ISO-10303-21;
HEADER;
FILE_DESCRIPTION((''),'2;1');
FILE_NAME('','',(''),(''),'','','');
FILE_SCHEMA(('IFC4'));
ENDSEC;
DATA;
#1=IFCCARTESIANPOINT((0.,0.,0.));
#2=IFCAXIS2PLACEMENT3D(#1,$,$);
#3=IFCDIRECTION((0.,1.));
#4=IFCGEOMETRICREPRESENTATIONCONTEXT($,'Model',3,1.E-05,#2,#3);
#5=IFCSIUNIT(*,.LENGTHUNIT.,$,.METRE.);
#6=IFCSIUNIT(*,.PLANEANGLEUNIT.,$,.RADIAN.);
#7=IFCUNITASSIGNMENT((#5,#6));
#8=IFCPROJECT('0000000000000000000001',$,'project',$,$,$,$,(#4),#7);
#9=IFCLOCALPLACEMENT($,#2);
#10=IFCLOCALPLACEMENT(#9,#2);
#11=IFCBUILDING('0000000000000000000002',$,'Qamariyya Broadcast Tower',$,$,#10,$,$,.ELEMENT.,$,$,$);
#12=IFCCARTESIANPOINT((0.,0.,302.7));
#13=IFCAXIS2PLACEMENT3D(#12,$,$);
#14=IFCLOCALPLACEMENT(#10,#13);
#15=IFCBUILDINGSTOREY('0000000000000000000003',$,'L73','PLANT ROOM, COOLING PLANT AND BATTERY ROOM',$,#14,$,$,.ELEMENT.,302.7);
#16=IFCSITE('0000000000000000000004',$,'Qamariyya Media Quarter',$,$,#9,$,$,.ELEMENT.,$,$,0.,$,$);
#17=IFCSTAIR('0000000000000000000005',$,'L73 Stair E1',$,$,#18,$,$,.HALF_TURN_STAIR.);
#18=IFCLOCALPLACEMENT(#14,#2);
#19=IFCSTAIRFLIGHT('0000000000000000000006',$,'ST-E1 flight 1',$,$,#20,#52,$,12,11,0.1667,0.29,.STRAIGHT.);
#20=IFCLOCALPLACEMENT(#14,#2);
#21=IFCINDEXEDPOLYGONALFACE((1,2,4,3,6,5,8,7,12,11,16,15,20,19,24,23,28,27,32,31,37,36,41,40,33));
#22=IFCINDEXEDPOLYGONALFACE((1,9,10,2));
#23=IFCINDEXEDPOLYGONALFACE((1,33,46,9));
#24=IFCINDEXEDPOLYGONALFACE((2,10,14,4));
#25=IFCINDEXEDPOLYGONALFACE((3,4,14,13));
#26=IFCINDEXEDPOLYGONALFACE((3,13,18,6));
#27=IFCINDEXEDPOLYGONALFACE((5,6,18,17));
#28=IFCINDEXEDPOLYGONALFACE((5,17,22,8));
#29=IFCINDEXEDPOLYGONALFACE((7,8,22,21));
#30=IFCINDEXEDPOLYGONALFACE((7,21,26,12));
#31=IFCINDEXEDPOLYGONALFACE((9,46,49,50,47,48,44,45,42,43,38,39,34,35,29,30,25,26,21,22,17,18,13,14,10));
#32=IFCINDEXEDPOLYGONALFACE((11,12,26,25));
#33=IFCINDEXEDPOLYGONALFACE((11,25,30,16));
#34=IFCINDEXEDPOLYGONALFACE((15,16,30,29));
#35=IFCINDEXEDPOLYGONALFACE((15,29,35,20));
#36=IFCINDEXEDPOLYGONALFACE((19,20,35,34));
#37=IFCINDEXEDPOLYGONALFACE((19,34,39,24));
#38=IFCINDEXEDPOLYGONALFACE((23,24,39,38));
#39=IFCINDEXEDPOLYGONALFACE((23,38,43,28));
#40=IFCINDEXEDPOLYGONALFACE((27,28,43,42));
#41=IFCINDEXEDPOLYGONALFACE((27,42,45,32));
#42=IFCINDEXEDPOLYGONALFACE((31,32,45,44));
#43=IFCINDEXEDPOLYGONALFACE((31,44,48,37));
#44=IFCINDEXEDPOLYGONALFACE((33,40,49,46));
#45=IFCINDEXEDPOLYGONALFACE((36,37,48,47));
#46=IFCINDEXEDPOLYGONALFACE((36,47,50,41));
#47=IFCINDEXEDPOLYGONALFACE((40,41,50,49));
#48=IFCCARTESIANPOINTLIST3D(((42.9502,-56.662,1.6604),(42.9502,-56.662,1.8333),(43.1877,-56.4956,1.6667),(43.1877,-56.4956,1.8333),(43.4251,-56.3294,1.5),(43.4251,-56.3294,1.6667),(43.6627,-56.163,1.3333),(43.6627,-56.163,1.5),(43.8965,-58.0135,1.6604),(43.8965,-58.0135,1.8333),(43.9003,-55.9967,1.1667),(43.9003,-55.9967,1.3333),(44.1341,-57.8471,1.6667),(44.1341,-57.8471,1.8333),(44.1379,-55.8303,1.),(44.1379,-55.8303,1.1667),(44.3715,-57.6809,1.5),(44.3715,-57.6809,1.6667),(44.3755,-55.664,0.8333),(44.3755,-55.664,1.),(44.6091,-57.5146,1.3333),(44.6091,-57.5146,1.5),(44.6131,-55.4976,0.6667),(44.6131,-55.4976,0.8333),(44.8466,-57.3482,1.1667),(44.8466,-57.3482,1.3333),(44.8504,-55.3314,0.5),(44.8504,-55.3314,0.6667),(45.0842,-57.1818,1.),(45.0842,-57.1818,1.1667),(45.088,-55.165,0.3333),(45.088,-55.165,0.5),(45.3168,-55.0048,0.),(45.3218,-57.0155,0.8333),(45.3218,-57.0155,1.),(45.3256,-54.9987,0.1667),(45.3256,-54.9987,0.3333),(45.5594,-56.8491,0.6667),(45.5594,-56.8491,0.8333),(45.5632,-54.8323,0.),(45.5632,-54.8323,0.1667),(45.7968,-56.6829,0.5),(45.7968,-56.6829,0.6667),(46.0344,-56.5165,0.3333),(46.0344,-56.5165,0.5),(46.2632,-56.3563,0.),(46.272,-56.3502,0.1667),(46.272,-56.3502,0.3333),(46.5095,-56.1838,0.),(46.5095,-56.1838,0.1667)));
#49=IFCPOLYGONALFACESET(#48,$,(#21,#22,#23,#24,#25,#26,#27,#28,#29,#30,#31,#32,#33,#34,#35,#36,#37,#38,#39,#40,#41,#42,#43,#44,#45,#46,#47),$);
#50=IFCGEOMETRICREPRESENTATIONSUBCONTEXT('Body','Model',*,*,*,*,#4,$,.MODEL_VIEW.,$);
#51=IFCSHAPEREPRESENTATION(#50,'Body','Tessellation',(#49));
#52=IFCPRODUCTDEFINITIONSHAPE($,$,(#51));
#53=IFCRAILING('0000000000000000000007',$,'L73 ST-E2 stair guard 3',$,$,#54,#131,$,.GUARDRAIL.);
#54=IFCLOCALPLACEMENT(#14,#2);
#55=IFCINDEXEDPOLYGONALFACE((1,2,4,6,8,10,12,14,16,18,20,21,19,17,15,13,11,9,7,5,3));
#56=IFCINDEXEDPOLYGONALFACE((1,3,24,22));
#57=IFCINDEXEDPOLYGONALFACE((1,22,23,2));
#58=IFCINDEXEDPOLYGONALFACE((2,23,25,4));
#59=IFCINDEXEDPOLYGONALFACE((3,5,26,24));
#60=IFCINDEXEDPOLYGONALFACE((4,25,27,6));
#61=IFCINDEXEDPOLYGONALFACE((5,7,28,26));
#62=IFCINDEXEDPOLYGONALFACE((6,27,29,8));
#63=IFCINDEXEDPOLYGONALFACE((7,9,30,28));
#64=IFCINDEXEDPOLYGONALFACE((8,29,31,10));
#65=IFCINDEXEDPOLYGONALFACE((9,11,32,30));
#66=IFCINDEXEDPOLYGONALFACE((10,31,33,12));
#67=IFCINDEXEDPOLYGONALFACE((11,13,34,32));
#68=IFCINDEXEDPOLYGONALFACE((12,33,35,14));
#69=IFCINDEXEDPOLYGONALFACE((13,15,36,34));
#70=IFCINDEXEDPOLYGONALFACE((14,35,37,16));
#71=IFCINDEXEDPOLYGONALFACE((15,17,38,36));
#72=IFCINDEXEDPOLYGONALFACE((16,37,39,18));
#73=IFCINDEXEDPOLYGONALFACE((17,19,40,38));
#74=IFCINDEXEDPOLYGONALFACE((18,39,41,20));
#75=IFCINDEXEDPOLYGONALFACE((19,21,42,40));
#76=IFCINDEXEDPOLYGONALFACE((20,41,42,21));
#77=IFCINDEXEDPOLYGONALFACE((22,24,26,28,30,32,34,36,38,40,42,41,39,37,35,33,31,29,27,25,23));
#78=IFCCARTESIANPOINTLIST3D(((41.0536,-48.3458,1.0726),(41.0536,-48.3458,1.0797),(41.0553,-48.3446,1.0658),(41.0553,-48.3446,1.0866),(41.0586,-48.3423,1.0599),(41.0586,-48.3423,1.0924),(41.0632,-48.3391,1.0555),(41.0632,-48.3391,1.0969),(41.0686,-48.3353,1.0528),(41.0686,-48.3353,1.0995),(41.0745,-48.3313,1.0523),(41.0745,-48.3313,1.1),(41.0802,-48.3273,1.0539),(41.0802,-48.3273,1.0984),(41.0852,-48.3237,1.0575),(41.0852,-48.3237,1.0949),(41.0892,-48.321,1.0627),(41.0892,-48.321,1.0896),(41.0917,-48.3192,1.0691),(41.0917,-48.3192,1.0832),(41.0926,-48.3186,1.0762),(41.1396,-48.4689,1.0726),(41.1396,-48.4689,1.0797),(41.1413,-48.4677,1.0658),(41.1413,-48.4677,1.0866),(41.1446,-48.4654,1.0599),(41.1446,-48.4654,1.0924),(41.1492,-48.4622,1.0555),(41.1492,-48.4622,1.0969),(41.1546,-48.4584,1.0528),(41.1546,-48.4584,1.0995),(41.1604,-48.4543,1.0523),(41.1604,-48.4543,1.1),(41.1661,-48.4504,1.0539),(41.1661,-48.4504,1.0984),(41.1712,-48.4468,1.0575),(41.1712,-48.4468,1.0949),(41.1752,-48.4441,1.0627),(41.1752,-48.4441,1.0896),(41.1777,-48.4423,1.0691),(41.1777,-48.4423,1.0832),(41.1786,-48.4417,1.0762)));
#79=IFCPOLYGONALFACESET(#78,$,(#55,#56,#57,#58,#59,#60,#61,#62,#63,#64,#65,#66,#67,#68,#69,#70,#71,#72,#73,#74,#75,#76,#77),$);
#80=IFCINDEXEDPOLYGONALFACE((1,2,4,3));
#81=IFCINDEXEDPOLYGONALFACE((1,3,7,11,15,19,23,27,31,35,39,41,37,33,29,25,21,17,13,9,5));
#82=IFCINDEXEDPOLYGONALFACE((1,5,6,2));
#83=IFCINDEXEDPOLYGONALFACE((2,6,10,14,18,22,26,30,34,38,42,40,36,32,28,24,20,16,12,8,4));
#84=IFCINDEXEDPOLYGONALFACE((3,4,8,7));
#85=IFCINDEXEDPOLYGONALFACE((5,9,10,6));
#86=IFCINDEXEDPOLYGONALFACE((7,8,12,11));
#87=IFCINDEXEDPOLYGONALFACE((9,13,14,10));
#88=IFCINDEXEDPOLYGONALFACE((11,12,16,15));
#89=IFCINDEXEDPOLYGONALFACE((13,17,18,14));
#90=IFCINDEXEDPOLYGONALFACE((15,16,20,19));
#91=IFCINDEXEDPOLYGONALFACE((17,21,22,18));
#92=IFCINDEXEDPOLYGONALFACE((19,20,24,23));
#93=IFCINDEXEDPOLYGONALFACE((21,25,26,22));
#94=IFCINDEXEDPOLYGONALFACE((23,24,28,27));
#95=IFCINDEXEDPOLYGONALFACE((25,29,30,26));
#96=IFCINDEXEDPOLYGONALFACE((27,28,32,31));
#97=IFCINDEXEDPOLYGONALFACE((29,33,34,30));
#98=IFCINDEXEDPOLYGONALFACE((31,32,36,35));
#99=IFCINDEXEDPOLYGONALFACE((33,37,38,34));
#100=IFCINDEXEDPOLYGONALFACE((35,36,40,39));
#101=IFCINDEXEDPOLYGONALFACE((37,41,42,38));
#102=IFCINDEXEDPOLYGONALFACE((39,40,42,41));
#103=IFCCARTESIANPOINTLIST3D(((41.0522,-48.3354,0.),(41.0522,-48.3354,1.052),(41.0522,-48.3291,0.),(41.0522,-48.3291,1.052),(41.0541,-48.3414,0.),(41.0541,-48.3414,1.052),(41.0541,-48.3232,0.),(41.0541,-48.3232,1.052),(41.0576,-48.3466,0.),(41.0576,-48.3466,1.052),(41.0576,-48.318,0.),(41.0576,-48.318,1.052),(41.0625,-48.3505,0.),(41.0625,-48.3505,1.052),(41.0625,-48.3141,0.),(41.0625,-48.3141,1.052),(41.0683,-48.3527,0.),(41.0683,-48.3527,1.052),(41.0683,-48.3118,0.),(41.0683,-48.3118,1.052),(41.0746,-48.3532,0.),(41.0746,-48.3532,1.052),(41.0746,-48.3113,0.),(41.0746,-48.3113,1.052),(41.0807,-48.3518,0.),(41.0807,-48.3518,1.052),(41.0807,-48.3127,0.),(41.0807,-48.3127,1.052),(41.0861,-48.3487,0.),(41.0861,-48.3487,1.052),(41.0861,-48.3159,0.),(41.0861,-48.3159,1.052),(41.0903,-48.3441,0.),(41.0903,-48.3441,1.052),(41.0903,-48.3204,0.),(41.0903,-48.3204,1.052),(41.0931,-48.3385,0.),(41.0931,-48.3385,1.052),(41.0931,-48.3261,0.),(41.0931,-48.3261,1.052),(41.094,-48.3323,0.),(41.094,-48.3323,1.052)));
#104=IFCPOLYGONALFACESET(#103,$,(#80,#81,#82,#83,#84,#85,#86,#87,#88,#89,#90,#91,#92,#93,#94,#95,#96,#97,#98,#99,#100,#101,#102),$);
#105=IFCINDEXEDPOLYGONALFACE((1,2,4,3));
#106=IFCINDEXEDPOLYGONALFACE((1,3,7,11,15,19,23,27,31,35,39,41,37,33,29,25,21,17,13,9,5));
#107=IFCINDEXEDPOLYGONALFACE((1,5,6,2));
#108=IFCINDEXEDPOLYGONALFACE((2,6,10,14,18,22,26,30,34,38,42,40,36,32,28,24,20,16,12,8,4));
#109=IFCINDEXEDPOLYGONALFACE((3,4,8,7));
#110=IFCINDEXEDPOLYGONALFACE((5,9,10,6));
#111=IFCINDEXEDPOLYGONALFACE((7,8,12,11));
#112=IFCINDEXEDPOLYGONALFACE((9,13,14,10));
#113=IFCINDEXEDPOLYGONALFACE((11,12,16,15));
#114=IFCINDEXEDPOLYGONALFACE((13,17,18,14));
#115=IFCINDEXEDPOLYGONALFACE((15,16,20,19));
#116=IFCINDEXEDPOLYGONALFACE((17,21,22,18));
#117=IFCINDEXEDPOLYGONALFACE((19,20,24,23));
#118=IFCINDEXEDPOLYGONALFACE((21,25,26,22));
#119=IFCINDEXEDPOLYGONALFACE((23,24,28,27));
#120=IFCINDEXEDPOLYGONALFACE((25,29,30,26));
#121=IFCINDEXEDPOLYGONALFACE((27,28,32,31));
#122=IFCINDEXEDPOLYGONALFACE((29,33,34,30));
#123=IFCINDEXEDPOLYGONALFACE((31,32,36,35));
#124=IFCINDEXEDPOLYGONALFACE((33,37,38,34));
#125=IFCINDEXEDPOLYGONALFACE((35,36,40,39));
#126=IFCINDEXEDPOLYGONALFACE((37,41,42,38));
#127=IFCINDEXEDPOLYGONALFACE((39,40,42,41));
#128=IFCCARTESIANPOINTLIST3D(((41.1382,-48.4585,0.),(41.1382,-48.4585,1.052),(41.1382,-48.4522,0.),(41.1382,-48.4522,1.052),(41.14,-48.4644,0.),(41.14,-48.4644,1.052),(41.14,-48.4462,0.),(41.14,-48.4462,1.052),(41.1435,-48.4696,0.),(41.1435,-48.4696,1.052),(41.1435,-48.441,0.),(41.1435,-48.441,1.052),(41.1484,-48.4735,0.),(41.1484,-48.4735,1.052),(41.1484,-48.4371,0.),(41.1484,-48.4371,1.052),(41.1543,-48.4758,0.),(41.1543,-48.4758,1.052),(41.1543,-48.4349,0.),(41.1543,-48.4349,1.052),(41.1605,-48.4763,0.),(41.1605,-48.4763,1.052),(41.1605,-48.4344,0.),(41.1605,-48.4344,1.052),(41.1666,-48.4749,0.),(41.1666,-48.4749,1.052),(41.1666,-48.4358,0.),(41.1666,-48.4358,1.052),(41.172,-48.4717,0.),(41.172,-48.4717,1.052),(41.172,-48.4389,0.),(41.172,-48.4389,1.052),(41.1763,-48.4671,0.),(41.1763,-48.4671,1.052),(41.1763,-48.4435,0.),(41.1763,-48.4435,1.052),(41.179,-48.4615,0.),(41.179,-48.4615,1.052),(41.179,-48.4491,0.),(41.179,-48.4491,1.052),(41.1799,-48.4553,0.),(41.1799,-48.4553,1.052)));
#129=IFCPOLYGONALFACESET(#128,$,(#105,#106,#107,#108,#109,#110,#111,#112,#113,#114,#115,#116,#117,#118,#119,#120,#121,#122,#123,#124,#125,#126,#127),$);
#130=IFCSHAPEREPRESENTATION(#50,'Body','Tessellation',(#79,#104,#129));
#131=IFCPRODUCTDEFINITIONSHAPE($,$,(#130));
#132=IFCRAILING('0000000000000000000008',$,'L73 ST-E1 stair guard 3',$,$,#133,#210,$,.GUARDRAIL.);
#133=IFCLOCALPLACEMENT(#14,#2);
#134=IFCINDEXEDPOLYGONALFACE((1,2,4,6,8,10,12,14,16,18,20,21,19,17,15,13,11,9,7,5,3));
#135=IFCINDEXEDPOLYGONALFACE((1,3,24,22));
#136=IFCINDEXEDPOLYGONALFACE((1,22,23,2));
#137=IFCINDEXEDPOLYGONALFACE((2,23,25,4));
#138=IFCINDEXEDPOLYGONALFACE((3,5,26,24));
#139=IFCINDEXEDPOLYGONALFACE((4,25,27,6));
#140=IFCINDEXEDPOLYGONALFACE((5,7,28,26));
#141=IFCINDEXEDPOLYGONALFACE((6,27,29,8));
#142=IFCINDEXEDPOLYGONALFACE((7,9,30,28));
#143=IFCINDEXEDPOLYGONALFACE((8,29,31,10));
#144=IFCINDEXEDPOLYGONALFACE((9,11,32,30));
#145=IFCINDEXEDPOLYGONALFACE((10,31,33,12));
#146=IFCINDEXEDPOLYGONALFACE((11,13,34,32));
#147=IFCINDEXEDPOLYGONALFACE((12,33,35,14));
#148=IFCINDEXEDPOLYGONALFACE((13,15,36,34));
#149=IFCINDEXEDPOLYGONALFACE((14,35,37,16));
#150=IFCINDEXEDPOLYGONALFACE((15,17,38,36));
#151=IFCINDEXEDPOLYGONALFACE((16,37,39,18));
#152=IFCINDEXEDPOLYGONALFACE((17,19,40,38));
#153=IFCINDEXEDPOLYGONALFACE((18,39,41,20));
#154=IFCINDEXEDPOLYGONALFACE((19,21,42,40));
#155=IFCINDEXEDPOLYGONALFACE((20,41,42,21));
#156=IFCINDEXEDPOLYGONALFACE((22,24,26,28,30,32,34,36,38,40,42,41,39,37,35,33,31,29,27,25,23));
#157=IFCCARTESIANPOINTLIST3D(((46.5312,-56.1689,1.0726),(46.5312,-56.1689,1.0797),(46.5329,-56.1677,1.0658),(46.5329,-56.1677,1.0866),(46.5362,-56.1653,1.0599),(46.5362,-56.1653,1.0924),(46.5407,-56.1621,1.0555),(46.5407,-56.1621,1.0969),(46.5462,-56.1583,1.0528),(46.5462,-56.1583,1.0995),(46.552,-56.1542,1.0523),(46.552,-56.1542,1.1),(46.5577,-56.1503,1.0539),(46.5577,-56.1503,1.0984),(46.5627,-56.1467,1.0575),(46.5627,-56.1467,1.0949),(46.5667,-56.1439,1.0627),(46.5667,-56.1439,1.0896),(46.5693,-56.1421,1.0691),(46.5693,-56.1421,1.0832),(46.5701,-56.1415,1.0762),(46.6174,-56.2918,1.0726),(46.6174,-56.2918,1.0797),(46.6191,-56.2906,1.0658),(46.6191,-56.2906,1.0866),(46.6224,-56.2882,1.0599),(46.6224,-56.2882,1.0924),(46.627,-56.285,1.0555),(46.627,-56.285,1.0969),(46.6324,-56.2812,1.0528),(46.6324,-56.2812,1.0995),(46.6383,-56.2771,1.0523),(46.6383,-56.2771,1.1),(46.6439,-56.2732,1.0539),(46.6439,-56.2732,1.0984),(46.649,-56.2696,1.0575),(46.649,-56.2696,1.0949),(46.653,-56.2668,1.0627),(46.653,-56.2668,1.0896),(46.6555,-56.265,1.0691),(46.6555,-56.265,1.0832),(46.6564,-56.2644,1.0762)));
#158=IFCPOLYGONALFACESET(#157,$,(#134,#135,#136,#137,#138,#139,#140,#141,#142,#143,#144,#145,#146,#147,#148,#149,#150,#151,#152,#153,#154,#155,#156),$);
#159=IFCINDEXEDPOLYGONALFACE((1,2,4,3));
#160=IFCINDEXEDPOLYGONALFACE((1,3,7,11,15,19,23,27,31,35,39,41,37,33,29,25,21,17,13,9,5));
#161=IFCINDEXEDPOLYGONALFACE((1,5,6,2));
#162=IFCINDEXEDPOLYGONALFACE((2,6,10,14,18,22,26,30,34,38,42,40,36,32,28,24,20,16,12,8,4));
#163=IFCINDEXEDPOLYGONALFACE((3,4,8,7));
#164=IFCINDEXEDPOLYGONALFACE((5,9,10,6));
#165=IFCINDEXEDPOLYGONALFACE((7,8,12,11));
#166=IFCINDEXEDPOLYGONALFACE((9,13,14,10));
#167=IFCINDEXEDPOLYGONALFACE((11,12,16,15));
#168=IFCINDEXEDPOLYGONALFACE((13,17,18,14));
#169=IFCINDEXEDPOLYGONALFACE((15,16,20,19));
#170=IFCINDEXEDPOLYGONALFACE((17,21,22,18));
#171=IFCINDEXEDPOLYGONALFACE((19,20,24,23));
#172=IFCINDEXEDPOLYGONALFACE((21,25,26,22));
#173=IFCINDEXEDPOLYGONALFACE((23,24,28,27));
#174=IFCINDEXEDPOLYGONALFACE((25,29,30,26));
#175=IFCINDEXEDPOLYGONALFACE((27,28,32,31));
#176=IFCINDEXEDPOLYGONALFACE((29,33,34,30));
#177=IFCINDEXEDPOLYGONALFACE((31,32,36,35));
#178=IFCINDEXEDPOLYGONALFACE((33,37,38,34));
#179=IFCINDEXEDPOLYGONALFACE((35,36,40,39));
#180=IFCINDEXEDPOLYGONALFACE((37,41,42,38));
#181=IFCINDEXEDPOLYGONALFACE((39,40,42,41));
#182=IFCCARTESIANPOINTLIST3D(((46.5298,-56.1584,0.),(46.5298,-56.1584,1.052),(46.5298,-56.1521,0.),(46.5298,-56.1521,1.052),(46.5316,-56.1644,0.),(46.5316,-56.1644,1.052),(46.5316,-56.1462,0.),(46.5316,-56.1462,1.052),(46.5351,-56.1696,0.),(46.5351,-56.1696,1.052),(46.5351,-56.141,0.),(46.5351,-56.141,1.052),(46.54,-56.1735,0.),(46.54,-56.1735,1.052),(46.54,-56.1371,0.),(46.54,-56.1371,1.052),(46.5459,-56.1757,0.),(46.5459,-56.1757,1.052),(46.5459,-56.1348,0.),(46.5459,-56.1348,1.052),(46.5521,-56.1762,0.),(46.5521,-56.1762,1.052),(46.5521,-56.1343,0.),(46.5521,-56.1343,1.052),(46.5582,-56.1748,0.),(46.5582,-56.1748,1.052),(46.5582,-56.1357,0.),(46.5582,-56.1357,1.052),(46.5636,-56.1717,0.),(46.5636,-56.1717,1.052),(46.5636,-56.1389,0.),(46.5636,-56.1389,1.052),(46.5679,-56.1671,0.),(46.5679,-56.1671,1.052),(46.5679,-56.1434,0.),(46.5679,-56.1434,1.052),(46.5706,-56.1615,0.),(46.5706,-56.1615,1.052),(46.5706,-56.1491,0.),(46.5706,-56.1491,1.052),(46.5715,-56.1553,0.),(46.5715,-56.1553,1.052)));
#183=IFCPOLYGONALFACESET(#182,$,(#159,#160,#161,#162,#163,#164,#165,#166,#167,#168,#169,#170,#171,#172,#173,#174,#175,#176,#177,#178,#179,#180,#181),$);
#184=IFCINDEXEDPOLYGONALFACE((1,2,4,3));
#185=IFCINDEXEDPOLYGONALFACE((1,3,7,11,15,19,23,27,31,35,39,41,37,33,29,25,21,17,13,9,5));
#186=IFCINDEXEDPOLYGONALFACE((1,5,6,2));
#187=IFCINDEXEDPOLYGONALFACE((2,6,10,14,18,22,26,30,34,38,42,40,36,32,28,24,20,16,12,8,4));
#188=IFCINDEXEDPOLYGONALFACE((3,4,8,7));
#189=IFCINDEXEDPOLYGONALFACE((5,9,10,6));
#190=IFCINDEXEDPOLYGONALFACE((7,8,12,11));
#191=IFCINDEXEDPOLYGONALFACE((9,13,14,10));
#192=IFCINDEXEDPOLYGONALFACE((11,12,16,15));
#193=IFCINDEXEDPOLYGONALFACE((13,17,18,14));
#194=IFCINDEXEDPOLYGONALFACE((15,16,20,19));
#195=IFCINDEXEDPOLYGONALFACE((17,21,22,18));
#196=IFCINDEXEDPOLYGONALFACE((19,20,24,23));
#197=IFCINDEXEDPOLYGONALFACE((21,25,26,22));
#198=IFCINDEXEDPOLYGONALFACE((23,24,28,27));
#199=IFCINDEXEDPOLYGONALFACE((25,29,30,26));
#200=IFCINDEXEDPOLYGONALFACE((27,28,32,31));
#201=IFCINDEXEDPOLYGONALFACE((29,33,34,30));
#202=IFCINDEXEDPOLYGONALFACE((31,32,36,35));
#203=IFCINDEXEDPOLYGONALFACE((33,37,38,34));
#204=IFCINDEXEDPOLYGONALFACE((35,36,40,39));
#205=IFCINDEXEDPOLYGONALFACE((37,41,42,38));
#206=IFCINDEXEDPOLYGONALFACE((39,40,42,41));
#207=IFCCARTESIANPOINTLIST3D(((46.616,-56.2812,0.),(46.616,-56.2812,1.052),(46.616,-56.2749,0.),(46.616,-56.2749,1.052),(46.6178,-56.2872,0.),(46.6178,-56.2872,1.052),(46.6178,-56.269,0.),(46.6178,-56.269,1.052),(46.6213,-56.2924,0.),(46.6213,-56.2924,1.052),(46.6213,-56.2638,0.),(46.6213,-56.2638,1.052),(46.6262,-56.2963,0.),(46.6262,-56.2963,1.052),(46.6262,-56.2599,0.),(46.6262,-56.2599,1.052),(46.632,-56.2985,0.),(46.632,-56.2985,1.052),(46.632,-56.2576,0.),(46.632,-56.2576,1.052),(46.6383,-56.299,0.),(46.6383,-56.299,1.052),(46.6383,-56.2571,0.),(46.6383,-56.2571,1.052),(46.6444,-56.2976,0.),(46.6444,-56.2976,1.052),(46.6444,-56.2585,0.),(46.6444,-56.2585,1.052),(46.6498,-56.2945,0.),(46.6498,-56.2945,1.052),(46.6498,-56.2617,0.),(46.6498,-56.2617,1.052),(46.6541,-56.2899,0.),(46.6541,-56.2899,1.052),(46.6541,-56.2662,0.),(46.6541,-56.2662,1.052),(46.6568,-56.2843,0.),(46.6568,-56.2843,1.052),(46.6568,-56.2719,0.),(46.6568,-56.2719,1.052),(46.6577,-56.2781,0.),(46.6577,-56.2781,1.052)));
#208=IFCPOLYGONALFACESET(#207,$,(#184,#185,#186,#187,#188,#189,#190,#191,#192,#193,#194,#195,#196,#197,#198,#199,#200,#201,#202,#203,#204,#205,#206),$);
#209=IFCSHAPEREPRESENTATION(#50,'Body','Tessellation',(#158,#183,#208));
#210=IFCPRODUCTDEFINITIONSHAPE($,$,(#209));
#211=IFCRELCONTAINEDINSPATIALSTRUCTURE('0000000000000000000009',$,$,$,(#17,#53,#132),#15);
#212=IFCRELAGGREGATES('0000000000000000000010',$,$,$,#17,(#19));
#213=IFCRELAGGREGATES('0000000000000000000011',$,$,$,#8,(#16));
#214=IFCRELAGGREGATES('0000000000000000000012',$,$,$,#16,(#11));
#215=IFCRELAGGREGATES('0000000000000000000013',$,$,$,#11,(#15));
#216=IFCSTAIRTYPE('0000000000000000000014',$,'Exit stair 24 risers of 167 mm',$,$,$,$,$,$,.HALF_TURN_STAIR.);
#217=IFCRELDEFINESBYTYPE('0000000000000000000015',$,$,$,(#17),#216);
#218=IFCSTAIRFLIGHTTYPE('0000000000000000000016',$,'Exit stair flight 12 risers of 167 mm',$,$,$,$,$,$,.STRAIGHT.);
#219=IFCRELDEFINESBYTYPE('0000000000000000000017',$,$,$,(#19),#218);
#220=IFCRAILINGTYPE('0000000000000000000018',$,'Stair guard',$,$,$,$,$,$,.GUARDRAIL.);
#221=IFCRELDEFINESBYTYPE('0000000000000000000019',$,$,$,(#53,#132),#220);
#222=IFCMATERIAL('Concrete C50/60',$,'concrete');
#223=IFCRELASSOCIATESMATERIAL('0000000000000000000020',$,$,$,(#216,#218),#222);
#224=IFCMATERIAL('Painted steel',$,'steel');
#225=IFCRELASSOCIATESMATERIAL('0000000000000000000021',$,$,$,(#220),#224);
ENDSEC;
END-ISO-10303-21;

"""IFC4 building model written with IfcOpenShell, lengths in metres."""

from ifc_helpers import new_model, si_unit, direction, frame, origin, origin_2d, place, context, subcontext, project, spatial, polyline, circle, outline, extrude, material, type_object, element, aggregate, save


model = new_model("IFC4")

# Units and contexts
model_context = context("Model", 3, precision=1e-05, world=origin(), true_north=direction((0.0, 1.0)))
body_context = subcontext(model_context, "Body", "Model", "MODEL_VIEW")
ifc_project = project(units=[si_unit("LENGTHUNIT", "METRE"), si_unit("PLANEANGLEUNIT", "RADIAN")], contexts=[model_context])

# Site, building, storey
site_placement = place(None, origin())
site = spatial("IfcSite", under=ifc_project, at=site_placement, Name="Qamariyya Media Quarter", CompositionType="ELEMENT", RefElevation=0.0)
building_placement = place(site_placement, origin())
building = spatial("IfcBuilding", under=site, at=building_placement, Name="Qamariyya Broadcast Tower", CompositionType="ELEMENT")
storey_placement = place(building_placement, frame((0.0, 0.0, 302.7)))
storey = spatial("IfcBuildingStorey", under=building, at=storey_placement, Name="L73", Description="PLANT ROOM, COOLING PLANT AND BATTERY ROOM", CompositionType="ELEMENT", Elevation=302.7)

# Shared definitions
ifc_material_1 = material(Name="Concrete C50/60", Category="concrete")

# Stair, stair flight
stair_type = type_object("IfcStairType", Name="Exit stair 24 risers of 167 mm", PredefinedType="HALF_TURN_STAIR", material=ifc_material_1)
stair_flight_type = type_object("IfcStairFlightType", Name="Exit stair flight 12 risers of 167 mm", PredefinedType="STRAIGHT", material=ifc_material_1)
stair_1_placement = place(storey_placement, origin())
stair_1 = element("IfcStair", 1, at=stair_1_placement, inside=storey, type_object=stair_type, Name="L73 Stair E1", PredefinedType="HALF_TURN_STAIR")
stair_flight_1_placement = place(storey_placement, frame((46.0364, -55.5081, 0.0), z_axis=(0.0, 0.0, 1.0), x_axis=(-0.819152, -0.573576, 0.0)))
stair_flight_1 = element("IfcStairFlight", 2, at=stair_flight_1_placement, type_object=stair_flight_type, Name="ST-E1 flight 1", NumberOfRisers=12, NumberOfTreads=11, PredefinedType="STRAIGHT", RiserHeight=0.1667, TreadLength=0.29, context=body_context, shape_type="SweptSolid", body=[
    extrude(outline(polyline([(0.0, 0.0), (0.0, 0.1667), (0.29, 0.1667), (0.29, 0.3333), (0.5801, 0.3333), (0.5801, 0.5), (0.8701, 0.5), (0.8701, 0.6667), (1.1599, 0.6667), (1.1599, 0.8333), (1.45, 0.8333), (1.45, 1.0), (1.74, 1.0), (1.74, 1.1667), (2.03, 1.1667), (2.03, 1.3333), (2.3201, 1.3333), (2.3201, 1.5), (2.6101, 1.5), (2.6101, 1.6667), (2.8999, 1.6667), (2.8999, 1.8333), (3.1899, 1.8333), (3.1899, 2.0), (3.1899, 1.6604), (0.3008, 0.0), (0.0, 0.0)])), frame((0.0, 0.825, 0.0), z_axis=(0.0, -1.0, 0.0), x_axis=(1.0, 0.0, 0.0)), (0.0, 0.0, 1.0), 1.6499),
])
aggregate(stair_1, [stair_flight_1])

# Railings
ifc_material_2 = material(Name="Painted steel", Category="steel")
railing_type_1 = type_object("IfcRailingType", Name="Stair guard", PredefinedType="GUARDRAIL", material=ifc_material_2)
railing_1_placement = place(storey_placement, frame((41.073, -48.3323, 0.0)))
element("IfcRailing", 3, at=railing_1_placement, inside=storey, type_object=railing_type_1, Name="L73 ST-E2 stair guard 3", PredefinedType="GUARDRAIL", context=body_context, shape_type="SweptSolid", body=[
    extrude(circle(Radius=0.0239, at=origin_2d()), frame((0.0, 0.0, 1.0762), z_axis=(0.572589, -0.819843, 0.0), x_axis=(0.819843, 0.572589, 0.0)), (0.0, 0.0, 1.0), 0.1501),
    extrude(circle(Radius=0.021, at=origin_2d()), origin(), (0.0, 0.0, 1.0), 1.052),
    extrude(circle(Radius=0.021, at=origin_2d()), frame((0.0859, -0.123, 0.0)), (0.0, 0.0, 1.0), 1.052),
])
railing_2_placement = place(storey_placement, frame((46.5505, -56.1553, 0.0)))
element("IfcRailing", 4, at=railing_2_placement, inside=storey, type_object=railing_type_1, Name="L73 ST-E1 stair guard 3", PredefinedType="GUARDRAIL", context=body_context, shape_type="SweptSolid", body=[
    extrude(circle(Radius=0.0239, at=origin_2d()), frame((0.0, 0.0, 1.0762), z_axis=(0.574445, -0.818543, 0.0), x_axis=(0.818543, 0.574445, 0.0)), (0.0, 0.0, 1.0), 0.1501),
    extrude(circle(Radius=0.021, at=origin_2d()), origin(), (0.0, 0.0, 1.0), 1.052),
    extrude(circle(Radius=0.021, at=origin_2d()), frame((0.0862, -0.1228, 0.0)), (0.0, 0.0, 1.0), 1.052),
])

save(model, "model.ifc")
